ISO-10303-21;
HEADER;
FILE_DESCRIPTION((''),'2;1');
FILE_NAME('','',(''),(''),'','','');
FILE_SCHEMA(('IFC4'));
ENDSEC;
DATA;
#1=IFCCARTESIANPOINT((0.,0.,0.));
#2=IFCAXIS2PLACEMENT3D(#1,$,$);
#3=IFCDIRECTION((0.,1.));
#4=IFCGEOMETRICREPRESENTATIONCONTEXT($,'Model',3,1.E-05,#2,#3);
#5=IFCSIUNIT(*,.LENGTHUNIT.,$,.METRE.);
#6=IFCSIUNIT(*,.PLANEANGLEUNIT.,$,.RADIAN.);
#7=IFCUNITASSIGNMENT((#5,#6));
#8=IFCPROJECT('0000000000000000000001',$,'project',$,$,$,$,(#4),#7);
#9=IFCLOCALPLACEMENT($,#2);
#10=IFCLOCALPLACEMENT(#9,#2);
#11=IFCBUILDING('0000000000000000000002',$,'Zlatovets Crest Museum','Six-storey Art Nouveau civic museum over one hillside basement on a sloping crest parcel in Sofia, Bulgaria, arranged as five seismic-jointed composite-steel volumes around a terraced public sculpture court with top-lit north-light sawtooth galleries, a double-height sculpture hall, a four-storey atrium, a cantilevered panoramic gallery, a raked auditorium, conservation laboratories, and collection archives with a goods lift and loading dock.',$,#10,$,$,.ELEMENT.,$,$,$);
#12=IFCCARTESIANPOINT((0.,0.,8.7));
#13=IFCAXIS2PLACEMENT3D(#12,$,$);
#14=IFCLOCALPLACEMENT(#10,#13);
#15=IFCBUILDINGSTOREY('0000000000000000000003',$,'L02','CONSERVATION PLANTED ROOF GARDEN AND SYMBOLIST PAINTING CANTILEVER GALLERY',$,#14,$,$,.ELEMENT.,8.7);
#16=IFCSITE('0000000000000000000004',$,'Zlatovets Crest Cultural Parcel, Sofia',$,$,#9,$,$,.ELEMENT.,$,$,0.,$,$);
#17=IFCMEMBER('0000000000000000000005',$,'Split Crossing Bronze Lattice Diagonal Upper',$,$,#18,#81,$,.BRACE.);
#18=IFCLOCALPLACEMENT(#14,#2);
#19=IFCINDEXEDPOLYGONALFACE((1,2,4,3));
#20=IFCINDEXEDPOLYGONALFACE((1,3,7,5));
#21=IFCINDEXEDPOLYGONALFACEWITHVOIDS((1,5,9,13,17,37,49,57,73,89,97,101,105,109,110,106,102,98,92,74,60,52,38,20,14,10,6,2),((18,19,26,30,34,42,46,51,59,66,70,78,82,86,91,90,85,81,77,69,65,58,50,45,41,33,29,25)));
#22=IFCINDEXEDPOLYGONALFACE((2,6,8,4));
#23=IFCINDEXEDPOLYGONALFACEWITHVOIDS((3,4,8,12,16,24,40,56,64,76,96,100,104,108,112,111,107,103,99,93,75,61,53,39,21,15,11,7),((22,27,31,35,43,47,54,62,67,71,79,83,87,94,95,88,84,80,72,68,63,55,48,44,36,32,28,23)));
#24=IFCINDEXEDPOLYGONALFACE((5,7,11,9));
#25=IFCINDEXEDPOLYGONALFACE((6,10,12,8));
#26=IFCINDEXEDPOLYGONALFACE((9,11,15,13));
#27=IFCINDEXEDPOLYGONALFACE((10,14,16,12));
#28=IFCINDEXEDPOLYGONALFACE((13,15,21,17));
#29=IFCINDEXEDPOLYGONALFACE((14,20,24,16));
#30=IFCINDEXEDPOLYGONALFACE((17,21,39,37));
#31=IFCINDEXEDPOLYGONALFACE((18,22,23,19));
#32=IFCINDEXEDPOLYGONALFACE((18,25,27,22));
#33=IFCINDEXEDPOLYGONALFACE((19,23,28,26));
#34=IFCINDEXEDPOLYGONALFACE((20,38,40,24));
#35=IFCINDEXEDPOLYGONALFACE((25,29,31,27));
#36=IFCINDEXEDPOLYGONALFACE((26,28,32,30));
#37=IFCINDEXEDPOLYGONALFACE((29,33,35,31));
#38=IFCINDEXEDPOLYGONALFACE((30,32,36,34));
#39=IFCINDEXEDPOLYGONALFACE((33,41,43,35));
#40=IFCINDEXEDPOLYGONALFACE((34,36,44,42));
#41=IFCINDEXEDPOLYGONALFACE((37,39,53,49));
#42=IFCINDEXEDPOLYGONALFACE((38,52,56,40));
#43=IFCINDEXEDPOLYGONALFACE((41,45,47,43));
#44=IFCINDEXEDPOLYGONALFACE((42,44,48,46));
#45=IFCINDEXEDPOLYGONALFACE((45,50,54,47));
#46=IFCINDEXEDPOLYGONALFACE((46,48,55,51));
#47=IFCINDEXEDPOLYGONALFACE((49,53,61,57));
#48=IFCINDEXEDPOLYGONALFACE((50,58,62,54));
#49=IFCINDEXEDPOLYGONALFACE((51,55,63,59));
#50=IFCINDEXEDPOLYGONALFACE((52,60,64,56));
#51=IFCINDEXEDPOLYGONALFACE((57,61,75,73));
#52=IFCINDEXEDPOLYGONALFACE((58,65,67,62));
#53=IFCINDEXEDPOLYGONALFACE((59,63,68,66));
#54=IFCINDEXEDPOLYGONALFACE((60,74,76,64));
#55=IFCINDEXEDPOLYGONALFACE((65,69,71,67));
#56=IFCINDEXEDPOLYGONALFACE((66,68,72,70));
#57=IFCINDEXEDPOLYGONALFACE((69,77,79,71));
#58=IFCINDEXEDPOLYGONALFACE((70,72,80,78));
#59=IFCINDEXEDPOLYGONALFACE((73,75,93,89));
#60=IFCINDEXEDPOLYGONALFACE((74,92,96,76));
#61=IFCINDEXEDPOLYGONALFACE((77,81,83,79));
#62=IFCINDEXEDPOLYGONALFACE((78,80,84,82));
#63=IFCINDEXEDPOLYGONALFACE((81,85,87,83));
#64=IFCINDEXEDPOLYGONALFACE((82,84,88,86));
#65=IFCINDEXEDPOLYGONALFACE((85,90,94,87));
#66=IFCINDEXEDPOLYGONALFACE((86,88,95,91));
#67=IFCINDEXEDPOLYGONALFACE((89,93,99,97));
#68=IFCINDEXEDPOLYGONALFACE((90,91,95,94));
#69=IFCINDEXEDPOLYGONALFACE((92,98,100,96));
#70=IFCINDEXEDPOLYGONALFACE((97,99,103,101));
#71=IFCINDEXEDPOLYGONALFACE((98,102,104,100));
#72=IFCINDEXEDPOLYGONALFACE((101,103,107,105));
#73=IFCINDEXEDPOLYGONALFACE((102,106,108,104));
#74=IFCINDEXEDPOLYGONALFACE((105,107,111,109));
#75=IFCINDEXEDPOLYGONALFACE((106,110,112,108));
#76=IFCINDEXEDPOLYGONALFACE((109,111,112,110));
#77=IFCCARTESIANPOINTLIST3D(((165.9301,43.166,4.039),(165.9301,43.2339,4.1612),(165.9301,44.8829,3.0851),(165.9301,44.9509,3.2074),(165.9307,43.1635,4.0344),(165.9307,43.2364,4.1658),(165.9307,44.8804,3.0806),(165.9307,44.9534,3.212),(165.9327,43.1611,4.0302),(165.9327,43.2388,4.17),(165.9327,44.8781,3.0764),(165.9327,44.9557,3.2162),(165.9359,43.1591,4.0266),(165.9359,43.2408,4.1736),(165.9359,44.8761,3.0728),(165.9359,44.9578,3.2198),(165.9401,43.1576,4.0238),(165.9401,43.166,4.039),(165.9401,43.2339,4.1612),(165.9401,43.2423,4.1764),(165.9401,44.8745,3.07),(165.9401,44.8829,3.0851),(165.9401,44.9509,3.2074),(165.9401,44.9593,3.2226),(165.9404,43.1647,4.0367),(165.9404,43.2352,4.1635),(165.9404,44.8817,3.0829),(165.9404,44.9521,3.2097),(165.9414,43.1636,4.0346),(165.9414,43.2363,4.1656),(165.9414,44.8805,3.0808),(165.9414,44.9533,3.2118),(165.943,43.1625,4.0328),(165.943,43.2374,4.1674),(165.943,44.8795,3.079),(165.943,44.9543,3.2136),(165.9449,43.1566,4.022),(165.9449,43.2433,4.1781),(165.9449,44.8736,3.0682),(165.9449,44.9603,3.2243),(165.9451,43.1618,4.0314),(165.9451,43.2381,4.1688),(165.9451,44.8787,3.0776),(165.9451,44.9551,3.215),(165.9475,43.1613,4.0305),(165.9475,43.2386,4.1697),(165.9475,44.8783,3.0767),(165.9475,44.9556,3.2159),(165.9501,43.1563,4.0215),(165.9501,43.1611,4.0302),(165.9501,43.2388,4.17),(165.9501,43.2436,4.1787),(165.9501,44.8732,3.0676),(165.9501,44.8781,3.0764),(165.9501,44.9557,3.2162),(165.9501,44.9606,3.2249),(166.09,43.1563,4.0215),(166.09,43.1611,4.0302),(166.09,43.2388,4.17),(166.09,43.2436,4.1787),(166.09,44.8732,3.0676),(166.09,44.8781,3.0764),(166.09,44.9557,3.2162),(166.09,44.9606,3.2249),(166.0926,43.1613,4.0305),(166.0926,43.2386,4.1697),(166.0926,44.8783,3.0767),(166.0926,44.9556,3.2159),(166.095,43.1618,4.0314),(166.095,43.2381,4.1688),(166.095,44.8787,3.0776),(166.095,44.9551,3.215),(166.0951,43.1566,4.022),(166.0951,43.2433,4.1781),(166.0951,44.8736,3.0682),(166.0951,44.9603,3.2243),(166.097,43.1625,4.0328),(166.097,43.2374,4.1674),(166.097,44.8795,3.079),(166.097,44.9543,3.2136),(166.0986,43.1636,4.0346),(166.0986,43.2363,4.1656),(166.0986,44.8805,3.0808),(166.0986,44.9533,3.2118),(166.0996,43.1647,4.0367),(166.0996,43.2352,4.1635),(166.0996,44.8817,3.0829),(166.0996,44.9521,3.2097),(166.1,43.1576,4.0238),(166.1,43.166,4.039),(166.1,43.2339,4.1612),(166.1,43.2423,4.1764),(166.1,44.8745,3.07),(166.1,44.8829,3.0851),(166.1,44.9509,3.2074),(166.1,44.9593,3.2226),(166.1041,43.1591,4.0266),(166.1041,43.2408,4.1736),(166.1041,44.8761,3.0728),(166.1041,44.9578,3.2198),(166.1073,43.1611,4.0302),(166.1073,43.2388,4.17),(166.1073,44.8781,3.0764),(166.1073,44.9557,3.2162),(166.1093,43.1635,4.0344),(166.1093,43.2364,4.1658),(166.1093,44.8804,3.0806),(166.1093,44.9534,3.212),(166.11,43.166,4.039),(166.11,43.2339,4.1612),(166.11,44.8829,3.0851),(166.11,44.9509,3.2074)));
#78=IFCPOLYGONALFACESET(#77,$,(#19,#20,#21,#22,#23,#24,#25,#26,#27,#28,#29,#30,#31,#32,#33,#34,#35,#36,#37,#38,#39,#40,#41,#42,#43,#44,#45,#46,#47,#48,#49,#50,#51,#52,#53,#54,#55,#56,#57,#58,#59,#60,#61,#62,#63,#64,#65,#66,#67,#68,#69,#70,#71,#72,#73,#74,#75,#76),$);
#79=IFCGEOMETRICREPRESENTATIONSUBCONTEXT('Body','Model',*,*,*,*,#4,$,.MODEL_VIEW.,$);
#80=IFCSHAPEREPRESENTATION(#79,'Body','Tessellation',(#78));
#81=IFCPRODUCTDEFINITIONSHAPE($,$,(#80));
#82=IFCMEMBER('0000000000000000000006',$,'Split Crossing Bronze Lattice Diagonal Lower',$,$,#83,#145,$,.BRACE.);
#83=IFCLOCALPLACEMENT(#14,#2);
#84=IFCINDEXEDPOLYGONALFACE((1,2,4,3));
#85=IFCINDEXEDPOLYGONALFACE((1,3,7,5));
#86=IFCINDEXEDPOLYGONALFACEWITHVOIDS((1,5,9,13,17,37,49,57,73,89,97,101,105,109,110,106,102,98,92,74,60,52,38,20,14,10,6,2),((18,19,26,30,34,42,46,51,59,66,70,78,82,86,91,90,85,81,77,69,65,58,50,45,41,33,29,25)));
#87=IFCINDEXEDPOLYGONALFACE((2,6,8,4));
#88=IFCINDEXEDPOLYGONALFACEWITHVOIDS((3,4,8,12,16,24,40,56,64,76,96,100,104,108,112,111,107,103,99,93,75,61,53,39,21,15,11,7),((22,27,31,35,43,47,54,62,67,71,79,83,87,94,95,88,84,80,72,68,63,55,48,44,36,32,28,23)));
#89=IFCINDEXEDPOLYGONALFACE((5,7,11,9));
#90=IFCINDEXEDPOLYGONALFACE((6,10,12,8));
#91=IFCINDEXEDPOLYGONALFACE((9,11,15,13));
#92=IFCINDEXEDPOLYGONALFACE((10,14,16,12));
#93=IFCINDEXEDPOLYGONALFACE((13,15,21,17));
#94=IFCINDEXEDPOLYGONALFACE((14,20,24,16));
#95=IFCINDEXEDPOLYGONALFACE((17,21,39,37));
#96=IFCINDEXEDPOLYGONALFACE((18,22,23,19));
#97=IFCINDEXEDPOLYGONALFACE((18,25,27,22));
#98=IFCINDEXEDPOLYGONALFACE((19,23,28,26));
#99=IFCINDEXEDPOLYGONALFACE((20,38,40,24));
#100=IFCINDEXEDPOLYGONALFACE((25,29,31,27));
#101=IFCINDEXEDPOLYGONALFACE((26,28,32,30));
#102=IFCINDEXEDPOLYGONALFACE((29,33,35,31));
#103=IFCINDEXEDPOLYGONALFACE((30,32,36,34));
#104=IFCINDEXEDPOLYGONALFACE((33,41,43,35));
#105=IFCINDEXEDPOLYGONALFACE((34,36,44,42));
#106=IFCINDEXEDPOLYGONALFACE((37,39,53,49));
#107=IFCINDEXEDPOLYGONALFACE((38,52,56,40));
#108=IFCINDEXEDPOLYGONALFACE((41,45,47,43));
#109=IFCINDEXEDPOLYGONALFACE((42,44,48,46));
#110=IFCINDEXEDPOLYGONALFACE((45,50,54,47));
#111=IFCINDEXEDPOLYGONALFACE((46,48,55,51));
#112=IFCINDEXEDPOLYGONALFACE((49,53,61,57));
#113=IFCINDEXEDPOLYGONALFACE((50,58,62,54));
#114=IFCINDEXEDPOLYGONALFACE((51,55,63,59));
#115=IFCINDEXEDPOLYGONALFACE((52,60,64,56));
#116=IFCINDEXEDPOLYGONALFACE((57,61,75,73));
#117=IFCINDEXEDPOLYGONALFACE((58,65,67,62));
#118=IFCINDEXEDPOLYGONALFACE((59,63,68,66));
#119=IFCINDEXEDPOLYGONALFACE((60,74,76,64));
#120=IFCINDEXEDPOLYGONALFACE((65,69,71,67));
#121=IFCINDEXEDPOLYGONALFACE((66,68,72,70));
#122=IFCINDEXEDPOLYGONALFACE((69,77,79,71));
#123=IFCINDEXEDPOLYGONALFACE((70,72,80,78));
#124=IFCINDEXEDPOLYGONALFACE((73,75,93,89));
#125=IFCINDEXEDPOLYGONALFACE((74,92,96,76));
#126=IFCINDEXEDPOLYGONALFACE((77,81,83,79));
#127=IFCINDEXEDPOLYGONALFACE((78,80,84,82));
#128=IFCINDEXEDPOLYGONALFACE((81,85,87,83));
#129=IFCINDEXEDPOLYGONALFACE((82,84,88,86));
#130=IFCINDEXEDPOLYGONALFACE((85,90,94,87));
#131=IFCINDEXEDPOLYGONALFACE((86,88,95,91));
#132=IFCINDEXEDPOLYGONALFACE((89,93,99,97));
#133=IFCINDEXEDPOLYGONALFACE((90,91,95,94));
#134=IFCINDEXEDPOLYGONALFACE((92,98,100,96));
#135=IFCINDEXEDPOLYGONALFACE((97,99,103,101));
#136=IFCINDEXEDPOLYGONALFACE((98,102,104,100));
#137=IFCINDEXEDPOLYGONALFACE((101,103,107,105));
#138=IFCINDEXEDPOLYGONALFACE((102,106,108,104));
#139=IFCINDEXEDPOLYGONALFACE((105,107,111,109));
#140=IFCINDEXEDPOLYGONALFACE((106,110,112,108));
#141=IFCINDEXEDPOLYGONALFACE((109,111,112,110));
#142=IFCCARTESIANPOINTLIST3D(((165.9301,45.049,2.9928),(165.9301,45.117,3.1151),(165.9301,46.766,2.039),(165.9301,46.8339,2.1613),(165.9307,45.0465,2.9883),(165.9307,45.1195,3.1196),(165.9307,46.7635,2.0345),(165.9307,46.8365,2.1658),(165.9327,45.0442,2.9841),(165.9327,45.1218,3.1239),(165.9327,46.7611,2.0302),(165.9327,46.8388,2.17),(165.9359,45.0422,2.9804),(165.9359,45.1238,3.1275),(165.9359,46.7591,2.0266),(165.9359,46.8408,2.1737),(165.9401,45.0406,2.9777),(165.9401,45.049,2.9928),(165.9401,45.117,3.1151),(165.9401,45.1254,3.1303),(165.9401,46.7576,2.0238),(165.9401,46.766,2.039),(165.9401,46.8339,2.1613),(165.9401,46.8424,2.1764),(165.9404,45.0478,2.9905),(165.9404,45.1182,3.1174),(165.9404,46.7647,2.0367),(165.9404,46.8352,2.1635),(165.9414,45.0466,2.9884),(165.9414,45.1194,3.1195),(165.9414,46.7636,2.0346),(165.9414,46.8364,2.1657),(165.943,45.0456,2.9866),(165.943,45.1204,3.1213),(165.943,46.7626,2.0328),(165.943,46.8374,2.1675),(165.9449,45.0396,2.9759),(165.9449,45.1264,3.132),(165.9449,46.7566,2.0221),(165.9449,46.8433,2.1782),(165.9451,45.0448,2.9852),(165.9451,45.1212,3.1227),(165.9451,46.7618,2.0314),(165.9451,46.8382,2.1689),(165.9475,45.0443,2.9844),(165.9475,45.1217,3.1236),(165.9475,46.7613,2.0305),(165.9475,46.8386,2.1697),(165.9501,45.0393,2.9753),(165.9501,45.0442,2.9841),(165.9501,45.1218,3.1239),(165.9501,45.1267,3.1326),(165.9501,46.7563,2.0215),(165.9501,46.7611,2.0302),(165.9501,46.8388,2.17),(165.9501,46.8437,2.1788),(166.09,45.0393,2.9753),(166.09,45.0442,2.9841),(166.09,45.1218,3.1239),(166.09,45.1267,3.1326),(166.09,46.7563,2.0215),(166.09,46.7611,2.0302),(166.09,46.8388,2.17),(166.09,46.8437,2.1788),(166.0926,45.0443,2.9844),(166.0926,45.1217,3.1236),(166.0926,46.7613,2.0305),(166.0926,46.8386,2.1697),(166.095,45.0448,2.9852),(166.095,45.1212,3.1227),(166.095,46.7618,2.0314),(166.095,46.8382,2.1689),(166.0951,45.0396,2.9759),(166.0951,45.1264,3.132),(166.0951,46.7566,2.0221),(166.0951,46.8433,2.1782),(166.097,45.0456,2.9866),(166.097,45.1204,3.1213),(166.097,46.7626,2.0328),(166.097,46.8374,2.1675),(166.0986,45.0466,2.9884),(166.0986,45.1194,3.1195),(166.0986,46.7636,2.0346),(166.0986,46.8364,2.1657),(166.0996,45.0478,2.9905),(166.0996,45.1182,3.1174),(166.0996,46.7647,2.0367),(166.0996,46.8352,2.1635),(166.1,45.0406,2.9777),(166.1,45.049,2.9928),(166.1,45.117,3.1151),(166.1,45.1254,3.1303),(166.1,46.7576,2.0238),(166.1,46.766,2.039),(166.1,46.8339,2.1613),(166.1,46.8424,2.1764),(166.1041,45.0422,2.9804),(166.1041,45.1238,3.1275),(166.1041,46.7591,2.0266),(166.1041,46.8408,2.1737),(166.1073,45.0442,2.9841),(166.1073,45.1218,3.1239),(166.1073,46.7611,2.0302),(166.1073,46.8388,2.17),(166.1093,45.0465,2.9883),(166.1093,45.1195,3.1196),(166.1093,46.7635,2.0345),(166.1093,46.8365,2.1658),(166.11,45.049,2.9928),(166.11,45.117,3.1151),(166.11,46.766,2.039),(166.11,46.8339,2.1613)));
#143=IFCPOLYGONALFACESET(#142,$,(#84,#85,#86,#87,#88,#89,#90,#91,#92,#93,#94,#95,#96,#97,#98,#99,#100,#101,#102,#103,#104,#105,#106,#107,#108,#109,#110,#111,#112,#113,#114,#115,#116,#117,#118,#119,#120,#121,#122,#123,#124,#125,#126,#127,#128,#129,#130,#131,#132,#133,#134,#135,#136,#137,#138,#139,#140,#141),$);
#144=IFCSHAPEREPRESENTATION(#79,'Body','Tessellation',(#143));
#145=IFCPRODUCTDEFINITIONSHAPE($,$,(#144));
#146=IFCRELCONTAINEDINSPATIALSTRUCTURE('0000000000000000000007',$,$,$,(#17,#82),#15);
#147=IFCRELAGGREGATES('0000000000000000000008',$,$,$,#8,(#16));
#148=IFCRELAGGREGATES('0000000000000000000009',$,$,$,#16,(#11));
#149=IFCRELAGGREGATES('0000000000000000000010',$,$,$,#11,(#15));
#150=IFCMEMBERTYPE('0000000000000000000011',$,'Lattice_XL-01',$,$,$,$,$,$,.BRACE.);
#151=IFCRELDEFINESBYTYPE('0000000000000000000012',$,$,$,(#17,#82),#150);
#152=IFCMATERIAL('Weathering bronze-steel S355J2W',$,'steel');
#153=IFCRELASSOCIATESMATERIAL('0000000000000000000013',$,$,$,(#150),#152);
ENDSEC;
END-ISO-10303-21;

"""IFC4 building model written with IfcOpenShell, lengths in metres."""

from ifc_helpers import new_model, si_unit, direction, frame, origin, origin_2d, place, context, subcontext, project, spatial, hollow_rectangle, extrude, material, material_profile, profile_set, type_object, element, save


model = new_model("IFC4")

# Units and contexts
model_context = context("Model", 3, precision=1e-05, world=origin(), true_north=direction((0.0, 1.0)))
body_context = subcontext(model_context, "Body", "Model", "MODEL_VIEW")
ifc_project = project(units=[si_unit("LENGTHUNIT", "METRE"), si_unit("PLANEANGLEUNIT", "RADIAN")], contexts=[model_context])

# Site, building, storey
site_placement = place(None, origin())
site = spatial("IfcSite", under=ifc_project, at=site_placement, Name="Zlatovets Crest Cultural Parcel, Sofia", CompositionType="ELEMENT", RefElevation=0.0)
building_placement = place(site_placement, origin())
building = spatial("IfcBuilding", under=site, at=building_placement, Name="Zlatovets Crest Museum", Description="Six-storey Art Nouveau civic museum over one hillside basement on a sloping crest parcel in Sofia, Bulgaria, arranged as five seismic-jointed composite-steel volumes around a terraced public sculpture court with top-lit north-light sawtooth galleries, a double-height sculpture hall, a four-storey atrium, a cantilevered panoramic gallery, a raked auditorium, conservation laboratories, and collection archives with a goods lift and loading dock.", CompositionType="ELEMENT")
storey_placement = place(building_placement, frame((0.0, 0.0, 8.7)))
storey = spatial("IfcBuildingStorey", under=building, at=storey_placement, Name="L02", Description="CONSERVATION PLANTED ROOF GARDEN AND SYMBOLIST PAINTING CANTILEVER GALLERY", CompositionType="ELEMENT", Elevation=8.7)

# Members
ifc_material_1 = material(Name="Weathering bronze-steel S355J2W", Category="steel")
ifc_material_profile_1 = material_profile(ifc_material_1, hollow_rectangle(XDim=0.1799, YDim=0.1799, WallThickness=0.01, InnerFilletRadius=0.01, OuterFilletRadius=0.02, at=origin_2d()), Name="SHS 180x180x10.0")
ifc_profile_set_1 = profile_set([ifc_material_profile_1], Name="Weathering bronze-steel S355J2W")
member_type_1 = type_object("IfcMemberType", Name="Lattice_XL-01", PredefinedType="BRACE", material=ifc_profile_set_1)
for number, where, z_axis, x_axis, name in (
    (1, (166.02, 43.2, 4.1001), (0.0, 0.874169, -0.485622), (-1.0, 0.0, 0.0), "Split Crossing Bronze Lattice Diagonal Upper"),
    (2, (166.02, 45.083, 3.054), (0.0, 0.874169, -0.485622), (-1.0, 0.0, 0.0), "Split Crossing Bronze Lattice Diagonal Lower"),
):
    element("IfcMember", number, at=place(storey_placement, frame(where, z_axis=z_axis, x_axis=x_axis)), inside=storey, type_object=member_type_1, Name=name, PredefinedType="BRACE", context=body_context, shape_type="SweptSolid", body=[
        extrude(hollow_rectangle(XDim=0.1799, YDim=0.1799, WallThickness=0.01, InnerFilletRadius=0.01, OuterFilletRadius=0.02, at=origin_2d()), origin(), (0.0, 0.0, 1.0), 1.9641),
    ])

save(model, "model.ifc")
